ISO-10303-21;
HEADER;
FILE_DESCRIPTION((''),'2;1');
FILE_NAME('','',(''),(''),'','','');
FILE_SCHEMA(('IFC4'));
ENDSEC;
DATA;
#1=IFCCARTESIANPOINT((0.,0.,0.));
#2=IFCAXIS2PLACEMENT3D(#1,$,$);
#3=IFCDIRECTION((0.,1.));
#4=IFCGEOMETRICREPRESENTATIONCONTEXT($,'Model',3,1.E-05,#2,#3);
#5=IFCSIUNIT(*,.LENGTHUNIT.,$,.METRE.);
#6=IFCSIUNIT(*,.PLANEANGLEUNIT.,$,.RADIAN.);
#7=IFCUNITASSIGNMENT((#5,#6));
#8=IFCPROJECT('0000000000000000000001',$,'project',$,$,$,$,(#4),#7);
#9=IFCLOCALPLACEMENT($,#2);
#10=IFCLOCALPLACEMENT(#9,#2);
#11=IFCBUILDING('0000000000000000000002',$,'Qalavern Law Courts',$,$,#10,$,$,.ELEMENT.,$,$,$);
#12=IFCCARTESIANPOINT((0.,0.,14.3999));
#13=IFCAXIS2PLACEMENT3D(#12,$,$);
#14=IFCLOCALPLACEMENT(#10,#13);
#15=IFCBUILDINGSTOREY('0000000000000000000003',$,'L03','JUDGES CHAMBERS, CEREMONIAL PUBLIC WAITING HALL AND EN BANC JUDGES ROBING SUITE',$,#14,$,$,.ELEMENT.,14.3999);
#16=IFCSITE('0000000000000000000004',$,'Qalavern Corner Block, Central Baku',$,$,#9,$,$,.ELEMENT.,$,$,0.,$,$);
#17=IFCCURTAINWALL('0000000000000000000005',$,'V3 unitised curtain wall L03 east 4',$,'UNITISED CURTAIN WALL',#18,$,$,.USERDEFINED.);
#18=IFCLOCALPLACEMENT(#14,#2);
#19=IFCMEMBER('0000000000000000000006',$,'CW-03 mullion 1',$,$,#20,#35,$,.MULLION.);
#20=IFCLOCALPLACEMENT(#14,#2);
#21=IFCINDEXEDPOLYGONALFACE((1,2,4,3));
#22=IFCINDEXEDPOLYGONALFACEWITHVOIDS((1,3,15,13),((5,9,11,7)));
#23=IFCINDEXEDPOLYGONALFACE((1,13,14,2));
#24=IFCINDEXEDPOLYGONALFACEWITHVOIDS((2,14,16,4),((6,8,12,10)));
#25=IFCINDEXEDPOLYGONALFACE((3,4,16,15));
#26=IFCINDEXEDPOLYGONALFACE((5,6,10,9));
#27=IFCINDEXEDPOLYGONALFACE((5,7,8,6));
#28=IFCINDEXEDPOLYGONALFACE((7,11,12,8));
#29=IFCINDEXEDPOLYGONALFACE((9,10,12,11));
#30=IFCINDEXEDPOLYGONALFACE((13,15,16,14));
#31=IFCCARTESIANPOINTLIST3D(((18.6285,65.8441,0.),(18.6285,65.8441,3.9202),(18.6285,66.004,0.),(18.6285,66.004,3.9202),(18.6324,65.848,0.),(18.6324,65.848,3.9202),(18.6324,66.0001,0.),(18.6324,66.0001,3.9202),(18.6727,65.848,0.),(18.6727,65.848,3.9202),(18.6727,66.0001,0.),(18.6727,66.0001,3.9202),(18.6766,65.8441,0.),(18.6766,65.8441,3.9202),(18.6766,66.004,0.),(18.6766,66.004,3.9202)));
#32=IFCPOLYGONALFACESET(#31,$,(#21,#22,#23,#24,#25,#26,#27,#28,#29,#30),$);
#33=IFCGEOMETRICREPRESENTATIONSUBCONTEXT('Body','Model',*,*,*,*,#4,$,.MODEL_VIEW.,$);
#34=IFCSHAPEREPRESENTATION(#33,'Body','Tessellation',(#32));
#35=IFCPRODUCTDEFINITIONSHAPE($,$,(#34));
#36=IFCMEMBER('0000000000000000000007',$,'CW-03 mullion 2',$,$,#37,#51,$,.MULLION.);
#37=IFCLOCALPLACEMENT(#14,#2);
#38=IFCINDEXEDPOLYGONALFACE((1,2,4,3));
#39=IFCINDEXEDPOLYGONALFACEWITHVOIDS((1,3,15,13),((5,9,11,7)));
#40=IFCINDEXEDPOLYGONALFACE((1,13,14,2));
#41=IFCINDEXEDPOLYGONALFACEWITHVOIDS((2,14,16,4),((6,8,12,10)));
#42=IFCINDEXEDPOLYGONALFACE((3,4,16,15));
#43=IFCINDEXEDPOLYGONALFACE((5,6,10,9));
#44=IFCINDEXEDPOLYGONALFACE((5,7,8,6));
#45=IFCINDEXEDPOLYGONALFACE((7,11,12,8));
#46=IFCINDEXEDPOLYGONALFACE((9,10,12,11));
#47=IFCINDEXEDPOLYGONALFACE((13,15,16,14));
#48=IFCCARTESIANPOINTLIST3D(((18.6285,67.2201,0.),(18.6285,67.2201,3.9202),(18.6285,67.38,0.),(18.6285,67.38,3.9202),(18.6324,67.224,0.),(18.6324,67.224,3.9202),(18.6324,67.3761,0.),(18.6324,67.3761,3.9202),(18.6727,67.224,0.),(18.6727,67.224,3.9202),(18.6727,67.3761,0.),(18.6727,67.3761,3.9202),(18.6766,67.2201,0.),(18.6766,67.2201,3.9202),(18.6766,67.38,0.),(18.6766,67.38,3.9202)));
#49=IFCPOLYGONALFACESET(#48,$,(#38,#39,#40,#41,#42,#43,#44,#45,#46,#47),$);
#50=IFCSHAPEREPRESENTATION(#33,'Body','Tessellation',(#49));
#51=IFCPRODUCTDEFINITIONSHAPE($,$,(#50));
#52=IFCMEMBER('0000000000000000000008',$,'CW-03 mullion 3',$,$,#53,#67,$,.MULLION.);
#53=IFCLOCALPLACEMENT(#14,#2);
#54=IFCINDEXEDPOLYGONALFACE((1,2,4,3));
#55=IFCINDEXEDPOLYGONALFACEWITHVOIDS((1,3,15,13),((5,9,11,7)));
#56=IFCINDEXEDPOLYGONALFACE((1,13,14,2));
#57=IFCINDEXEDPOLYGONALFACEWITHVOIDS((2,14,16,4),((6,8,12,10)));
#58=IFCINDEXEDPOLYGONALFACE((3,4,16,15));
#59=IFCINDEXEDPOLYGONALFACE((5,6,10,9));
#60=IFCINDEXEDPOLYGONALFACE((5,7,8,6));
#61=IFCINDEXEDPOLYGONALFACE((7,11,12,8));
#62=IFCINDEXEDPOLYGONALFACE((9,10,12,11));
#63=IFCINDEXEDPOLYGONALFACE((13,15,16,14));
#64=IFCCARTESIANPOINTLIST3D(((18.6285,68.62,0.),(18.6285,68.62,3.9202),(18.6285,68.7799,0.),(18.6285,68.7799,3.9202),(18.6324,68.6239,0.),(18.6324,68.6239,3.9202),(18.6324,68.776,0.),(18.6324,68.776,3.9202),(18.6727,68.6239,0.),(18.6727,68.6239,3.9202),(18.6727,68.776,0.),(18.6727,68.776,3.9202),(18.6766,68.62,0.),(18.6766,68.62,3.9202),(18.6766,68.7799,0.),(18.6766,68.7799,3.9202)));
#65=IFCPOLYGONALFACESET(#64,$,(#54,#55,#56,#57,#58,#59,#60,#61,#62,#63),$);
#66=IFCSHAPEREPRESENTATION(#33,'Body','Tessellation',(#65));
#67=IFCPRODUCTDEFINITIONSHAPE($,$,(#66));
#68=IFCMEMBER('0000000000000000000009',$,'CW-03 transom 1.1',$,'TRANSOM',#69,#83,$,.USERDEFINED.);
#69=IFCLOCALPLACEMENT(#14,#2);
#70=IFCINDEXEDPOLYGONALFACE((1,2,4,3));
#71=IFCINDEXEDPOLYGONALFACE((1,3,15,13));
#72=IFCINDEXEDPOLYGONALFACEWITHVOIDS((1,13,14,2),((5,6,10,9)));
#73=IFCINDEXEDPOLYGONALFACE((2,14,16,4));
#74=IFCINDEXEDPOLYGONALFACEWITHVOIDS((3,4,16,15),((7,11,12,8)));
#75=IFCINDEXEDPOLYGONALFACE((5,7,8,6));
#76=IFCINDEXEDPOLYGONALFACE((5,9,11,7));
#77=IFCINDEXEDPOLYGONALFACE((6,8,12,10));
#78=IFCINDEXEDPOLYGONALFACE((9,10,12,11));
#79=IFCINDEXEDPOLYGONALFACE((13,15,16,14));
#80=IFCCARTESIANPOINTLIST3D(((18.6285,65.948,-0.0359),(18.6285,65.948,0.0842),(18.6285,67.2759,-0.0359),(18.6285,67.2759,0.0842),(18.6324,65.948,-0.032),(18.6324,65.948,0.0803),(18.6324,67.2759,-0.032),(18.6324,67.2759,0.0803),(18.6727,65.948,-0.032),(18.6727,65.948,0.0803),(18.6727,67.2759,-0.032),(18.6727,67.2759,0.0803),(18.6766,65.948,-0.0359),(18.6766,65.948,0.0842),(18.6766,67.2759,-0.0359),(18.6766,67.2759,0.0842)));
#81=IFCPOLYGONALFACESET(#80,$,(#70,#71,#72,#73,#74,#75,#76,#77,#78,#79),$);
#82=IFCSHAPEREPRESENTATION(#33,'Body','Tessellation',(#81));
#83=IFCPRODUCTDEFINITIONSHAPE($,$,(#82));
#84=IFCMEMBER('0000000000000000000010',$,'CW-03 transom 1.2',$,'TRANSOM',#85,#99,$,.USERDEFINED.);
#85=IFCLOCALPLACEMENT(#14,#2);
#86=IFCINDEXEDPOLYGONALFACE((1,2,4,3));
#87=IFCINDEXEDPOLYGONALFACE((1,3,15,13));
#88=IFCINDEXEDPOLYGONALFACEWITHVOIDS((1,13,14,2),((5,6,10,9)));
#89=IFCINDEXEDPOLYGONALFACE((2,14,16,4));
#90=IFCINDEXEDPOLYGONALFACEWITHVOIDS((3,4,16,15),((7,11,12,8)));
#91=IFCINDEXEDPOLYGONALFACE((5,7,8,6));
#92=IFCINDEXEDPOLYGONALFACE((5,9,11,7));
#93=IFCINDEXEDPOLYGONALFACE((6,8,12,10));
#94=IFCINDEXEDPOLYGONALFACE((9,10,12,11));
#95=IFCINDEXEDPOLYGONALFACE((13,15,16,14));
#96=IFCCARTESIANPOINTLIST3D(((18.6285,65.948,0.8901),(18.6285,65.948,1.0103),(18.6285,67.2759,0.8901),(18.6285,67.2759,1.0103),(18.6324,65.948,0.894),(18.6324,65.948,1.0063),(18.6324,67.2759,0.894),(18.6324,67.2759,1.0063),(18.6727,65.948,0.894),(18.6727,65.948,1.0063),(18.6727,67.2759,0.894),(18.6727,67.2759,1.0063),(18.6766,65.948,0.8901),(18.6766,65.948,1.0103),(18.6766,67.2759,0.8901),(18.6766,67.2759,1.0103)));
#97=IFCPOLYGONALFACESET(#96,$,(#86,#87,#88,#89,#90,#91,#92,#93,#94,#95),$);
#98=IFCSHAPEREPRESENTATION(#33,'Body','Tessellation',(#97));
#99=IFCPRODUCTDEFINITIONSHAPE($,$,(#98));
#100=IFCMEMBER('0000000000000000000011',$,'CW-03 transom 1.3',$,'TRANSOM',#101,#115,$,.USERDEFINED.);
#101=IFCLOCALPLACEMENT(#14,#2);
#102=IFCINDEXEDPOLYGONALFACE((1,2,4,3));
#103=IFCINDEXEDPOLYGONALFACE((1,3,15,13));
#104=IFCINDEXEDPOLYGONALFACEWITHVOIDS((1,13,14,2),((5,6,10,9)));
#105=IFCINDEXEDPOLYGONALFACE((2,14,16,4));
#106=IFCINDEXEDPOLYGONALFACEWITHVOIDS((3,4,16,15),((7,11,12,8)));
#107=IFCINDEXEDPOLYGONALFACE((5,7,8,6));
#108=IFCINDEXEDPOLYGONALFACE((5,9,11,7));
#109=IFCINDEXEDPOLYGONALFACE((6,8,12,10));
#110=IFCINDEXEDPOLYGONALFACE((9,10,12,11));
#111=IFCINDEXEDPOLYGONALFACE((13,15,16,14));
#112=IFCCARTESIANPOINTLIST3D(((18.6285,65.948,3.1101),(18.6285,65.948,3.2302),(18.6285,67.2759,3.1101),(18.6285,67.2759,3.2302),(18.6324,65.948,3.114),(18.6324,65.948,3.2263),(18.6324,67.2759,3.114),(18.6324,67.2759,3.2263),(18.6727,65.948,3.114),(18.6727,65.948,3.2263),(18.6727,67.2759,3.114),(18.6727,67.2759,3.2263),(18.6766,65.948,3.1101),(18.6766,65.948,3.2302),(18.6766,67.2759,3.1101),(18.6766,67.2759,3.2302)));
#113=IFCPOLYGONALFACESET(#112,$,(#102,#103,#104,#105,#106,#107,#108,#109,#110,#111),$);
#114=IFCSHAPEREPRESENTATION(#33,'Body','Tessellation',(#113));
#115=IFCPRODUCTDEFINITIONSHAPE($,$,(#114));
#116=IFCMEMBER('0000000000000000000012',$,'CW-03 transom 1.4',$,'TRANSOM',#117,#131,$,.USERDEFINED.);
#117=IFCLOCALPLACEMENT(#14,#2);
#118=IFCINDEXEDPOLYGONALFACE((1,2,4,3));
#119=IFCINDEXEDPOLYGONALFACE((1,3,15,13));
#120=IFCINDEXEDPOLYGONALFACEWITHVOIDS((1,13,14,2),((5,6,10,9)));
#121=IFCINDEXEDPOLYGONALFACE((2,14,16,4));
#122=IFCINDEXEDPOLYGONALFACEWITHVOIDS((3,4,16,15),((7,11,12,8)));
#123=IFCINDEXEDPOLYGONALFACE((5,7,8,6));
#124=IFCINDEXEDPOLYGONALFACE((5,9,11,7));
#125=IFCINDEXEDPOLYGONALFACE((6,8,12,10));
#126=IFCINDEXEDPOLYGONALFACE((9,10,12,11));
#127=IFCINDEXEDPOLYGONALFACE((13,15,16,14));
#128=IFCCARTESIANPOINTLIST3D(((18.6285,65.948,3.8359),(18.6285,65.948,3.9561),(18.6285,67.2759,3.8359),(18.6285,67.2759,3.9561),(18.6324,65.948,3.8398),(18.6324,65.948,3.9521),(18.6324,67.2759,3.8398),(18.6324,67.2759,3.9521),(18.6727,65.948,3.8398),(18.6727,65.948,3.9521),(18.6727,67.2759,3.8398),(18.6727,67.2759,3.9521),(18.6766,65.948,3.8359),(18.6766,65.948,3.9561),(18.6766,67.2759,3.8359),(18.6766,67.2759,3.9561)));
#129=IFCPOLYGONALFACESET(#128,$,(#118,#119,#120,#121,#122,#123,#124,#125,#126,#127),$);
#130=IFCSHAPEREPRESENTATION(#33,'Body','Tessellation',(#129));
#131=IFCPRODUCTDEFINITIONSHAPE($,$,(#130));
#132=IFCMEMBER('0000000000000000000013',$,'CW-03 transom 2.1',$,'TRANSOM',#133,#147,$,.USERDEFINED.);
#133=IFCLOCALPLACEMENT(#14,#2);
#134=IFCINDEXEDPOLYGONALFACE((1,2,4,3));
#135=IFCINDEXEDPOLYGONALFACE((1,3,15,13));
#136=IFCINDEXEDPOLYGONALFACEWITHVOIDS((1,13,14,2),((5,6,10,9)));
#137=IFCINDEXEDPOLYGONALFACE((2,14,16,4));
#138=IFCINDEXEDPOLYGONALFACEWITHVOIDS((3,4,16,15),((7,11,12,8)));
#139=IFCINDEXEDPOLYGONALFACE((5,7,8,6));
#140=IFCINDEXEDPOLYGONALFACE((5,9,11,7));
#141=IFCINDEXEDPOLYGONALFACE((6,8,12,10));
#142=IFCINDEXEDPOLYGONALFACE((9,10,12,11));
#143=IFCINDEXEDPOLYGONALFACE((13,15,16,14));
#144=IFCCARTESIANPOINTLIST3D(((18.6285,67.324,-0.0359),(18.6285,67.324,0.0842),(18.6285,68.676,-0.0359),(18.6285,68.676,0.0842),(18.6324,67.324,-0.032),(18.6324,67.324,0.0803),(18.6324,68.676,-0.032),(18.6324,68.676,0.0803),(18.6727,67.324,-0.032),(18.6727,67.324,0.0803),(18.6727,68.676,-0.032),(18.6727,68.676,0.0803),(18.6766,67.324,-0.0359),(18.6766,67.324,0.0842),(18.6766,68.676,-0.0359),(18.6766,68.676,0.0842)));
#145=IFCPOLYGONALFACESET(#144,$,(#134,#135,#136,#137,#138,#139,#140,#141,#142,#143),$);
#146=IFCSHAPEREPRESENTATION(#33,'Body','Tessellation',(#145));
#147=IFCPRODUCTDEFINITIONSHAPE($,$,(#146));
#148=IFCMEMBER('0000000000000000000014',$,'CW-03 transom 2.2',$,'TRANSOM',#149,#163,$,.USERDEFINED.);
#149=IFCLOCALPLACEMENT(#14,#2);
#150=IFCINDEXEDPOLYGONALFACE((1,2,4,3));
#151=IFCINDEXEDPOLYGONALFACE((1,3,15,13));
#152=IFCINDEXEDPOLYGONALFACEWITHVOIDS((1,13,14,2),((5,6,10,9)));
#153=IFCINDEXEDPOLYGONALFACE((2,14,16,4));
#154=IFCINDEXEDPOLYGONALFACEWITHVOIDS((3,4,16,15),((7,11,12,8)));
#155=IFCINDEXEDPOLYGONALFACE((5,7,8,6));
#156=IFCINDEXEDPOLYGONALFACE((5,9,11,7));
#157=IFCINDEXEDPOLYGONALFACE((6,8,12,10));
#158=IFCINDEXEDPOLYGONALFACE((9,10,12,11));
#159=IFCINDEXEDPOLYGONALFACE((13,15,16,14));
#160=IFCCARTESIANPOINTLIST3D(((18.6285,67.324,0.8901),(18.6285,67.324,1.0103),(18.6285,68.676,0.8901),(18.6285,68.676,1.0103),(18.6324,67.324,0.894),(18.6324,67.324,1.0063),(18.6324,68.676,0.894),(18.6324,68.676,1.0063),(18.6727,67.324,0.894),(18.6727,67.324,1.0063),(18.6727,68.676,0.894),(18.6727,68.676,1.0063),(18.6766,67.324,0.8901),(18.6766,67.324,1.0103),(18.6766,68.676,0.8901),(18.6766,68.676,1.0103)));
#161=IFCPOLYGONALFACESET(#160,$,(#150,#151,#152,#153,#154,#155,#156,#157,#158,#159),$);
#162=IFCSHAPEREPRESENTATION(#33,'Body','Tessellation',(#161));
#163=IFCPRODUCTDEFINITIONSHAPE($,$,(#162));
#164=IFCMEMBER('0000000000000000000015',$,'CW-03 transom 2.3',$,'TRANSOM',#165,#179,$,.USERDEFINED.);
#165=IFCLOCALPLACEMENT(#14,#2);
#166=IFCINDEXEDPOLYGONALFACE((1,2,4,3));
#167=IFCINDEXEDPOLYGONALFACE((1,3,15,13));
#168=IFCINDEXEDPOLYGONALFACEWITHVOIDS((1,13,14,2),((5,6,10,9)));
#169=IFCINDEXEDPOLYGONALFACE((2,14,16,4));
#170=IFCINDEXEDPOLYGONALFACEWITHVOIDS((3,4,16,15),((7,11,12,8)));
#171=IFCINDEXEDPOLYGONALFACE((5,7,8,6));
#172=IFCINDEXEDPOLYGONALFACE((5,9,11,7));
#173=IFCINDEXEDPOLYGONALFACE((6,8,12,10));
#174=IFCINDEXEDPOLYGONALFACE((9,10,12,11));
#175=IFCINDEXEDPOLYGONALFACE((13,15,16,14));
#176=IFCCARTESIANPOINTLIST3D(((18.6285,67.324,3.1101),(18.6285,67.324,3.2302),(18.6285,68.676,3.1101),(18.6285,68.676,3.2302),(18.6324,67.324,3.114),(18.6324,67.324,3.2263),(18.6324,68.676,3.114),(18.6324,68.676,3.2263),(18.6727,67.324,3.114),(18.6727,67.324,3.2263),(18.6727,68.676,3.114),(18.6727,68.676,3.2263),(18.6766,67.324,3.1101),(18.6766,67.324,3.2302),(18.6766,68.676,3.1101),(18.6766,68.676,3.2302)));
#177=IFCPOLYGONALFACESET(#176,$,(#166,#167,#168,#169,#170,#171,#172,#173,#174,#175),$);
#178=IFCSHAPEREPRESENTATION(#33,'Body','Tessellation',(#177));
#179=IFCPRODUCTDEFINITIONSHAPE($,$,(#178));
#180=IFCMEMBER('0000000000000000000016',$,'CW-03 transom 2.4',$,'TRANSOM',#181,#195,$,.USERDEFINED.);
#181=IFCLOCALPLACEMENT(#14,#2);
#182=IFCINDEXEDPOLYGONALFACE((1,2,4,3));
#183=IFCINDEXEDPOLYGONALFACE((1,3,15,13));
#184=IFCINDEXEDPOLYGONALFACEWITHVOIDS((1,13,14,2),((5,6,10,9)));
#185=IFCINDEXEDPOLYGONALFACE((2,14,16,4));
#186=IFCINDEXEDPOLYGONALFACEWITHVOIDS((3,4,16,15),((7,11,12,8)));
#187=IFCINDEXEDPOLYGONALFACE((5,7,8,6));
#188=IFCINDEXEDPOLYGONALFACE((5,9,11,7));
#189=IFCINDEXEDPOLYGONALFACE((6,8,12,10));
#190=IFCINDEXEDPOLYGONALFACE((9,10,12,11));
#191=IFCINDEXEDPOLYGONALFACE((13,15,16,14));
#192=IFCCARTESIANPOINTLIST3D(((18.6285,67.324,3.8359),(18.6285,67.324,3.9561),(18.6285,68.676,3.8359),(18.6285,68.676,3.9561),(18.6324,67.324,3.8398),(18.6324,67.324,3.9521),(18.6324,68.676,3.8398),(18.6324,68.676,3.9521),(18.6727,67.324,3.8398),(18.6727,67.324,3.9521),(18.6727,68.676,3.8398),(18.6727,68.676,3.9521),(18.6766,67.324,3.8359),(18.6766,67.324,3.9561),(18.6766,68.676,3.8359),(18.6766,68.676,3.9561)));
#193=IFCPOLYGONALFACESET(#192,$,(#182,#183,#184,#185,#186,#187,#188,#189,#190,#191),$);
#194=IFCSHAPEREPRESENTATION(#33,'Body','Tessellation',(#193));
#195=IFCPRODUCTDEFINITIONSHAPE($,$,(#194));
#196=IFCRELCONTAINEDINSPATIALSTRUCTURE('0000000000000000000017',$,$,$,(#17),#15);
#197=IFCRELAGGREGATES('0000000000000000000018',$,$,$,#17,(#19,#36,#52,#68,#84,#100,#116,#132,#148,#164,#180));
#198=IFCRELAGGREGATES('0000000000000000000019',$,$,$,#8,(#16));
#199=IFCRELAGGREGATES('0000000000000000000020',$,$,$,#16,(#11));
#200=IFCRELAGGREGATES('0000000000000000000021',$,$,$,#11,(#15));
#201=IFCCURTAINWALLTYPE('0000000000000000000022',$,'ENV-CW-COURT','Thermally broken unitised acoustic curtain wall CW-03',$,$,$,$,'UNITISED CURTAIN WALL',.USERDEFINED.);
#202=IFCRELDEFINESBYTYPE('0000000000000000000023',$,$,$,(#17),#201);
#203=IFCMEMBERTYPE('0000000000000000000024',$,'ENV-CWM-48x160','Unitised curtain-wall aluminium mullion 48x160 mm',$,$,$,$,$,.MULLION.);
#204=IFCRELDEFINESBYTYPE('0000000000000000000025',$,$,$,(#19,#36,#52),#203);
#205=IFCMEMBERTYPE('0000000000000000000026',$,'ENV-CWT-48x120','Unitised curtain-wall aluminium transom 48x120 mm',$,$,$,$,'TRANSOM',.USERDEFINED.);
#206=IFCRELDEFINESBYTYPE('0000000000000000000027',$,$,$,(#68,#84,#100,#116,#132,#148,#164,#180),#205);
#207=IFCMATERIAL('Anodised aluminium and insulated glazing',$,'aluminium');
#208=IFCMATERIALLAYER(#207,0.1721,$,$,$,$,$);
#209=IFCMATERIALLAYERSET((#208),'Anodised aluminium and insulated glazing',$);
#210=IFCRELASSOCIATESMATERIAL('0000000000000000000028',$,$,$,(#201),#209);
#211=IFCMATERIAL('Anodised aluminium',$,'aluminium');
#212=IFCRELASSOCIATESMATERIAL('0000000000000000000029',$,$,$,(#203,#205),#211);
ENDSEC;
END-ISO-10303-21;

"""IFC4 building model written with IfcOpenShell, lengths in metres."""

from ifc_helpers import new_model, si_unit, direction, frame, origin, origin_2d, place, context, subcontext, project, spatial, hollow_rectangle, extrude, material, layer, layer_set, material_profile, profile_set, type_object, element, aggregate, save


model = new_model("IFC4")

# Units and contexts
model_context = context("Model", 3, precision=1e-05, world=origin(), true_north=direction((0.0, 1.0)))
body_context = subcontext(model_context, "Body", "Model", "MODEL_VIEW")
ifc_project = project(units=[si_unit("LENGTHUNIT", "METRE"), si_unit("PLANEANGLEUNIT", "RADIAN")], contexts=[model_context])

# Site, building, storey
site_placement = place(None, origin())
site = spatial("IfcSite", under=ifc_project, at=site_placement, Name="Qalavern Corner Block, Central Baku", CompositionType="ELEMENT", RefElevation=0.0)
building_placement = place(site_placement, origin())
building = spatial("IfcBuilding", under=site, at=building_placement, Name="Qalavern Law Courts", CompositionType="ELEMENT")
storey_placement = place(building_placement, frame((0.0, 0.0, 14.3999)))
storey = spatial("IfcBuildingStorey", under=building, at=storey_placement, Name="L03", Description="JUDGES CHAMBERS, CEREMONIAL PUBLIC WAITING HALL AND EN BANC JUDGES ROBING SUITE", CompositionType="ELEMENT", Elevation=14.3999)

# Curtain wall, members
ifc_material_1 = material(Name="Anodised aluminium and insulated glazing", Category="aluminium")
ifc_layer_1 = layer(ifc_material_1, 0.1721)
ifc_layer_set_1 = layer_set([ifc_layer_1], Name="Anodised aluminium and insulated glazing")
curtain_wall_type = type_object("IfcCurtainWallType", Name="ENV-CW-COURT", Description="Thermally broken unitised acoustic curtain wall CW-03", ElementType="UNITISED CURTAIN WALL", PredefinedType="USERDEFINED", material=ifc_layer_set_1)
curtain_wall_placement = place(storey_placement, origin())
curtain_wall = element("IfcCurtainWall", 1, at=curtain_wall_placement, inside=storey, type_object=curtain_wall_type, Name="V3 unitised curtain wall L03 east 4", ObjectType="UNITISED CURTAIN WALL", PredefinedType="USERDEFINED")
ifc_material_2 = material(Name="Anodised aluminium", Category="aluminium")
ifc_material_profile_1 = material_profile(ifc_material_2, hollow_rectangle(XDim=0.0481, YDim=0.1599, WallThickness=0.0039, at=origin_2d()), Name="ALU MULLION 48x160")
ifc_profile_set_1 = profile_set([ifc_material_profile_1], Name="Anodised aluminium")
member_type_1 = type_object("IfcMemberType", Name="ENV-CWM-48x160", Description="Unitised curtain-wall aluminium mullion 48x160 mm", PredefinedType="MULLION", material=ifc_profile_set_1)
member_1_placement = place(storey_placement, frame((18.6526, 65.9241, 0.0), z_axis=(0.0, 0.0, 1.0), x_axis=(-1.0, 0.0, 0.0)))
member_1 = element("IfcMember", 2, at=member_1_placement, type_object=member_type_1, Name="CW-03 mullion 1", PredefinedType="MULLION", context=body_context, shape_type="SweptSolid", body=[
    extrude(hollow_rectangle(XDim=0.0481, YDim=0.1599, WallThickness=0.0039, at=origin_2d()), origin(), (0.0, 0.0, 1.0), 3.9202),
])
member_2_placement = place(storey_placement, frame((18.6526, 67.3, 0.0), z_axis=(0.0, 0.0, 1.0), x_axis=(-1.0, 0.0, 0.0)))
member_2 = element("IfcMember", 3, at=member_2_placement, type_object=member_type_1, Name="CW-03 mullion 2", PredefinedType="MULLION", context=body_context, shape_type="SweptSolid", body=[
    extrude(hollow_rectangle(XDim=0.0481, YDim=0.1599, WallThickness=0.0039, at=origin_2d()), origin(), (0.0, 0.0, 1.0), 3.9202),
])
member_3_placement = place(storey_placement, frame((18.6526, 68.7, 0.0), z_axis=(0.0, 0.0, 1.0), x_axis=(-1.0, 0.0, 0.0)))
member_3 = element("IfcMember", 4, at=member_3_placement, type_object=member_type_1, Name="CW-03 mullion 3", PredefinedType="MULLION", context=body_context, shape_type="SweptSolid", body=[
    extrude(hollow_rectangle(XDim=0.0481, YDim=0.1599, WallThickness=0.0039, at=origin_2d()), origin(), (0.0, 0.0, 1.0), 3.9202),
])
ifc_material_profile_2 = material_profile(ifc_material_2, hollow_rectangle(XDim=0.0481, YDim=0.1201, WallThickness=0.0039, at=origin_2d()), Name="ALU TRANSOM 48x120")
ifc_profile_set_2 = profile_set([ifc_material_profile_2], Name="Anodised aluminium")
member_type_2 = type_object("IfcMemberType", Name="ENV-CWT-48x120", Description="Unitised curtain-wall aluminium transom 48x120 mm", ElementType="TRANSOM", PredefinedType="USERDEFINED", material=ifc_profile_set_2)
member_4_placement = place(storey_placement, frame((18.6526, 65.948, 0.0242), z_axis=(0.0, 1.0, 0.0), x_axis=(-1.0, 0.0, 0.0)))
member_4 = element("IfcMember", 5, at=member_4_placement, type_object=member_type_2, Name="CW-03 transom 1.1", ObjectType="TRANSOM", PredefinedType="USERDEFINED", context=body_context, shape_type="SweptSolid", body=[
    extrude(hollow_rectangle(XDim=0.0481, YDim=0.1201, WallThickness=0.0039, at=origin_2d()), origin(), (0.0, 0.0, 1.0), 1.3279),
])
member_5_placement = place(storey_placement, frame((18.6526, 65.948, 0.9502), z_axis=(0.0, 1.0, 0.0), x_axis=(-1.0, 0.0, 0.0)))
member_5 = element("IfcMember", 6, at=member_5_placement, type_object=member_type_2, Name="CW-03 transom 1.2", ObjectType="TRANSOM", PredefinedType="USERDEFINED", context=body_context, shape_type="SweptSolid", body=[
    extrude(hollow_rectangle(XDim=0.0481, YDim=0.1201, WallThickness=0.0039, at=origin_2d()), origin(), (0.0, 0.0, 1.0), 1.3279),
])
member_6_placement = place(storey_placement, frame((18.6526, 65.948, 3.1702), z_axis=(0.0, 1.0, 0.0), x_axis=(-1.0, 0.0, 0.0)))
member_6 = element("IfcMember", 7, at=member_6_placement, type_object=member_type_2, Name="CW-03 transom 1.3", ObjectType="TRANSOM", PredefinedType="USERDEFINED", context=body_context, shape_type="SweptSolid", body=[
    extrude(hollow_rectangle(XDim=0.0481, YDim=0.1201, WallThickness=0.0039, at=origin_2d()), origin(), (0.0, 0.0, 1.0), 1.3279),
])
member_7_placement = place(storey_placement, frame((18.6526, 65.948, 3.896), z_axis=(0.0, 1.0, 0.0), x_axis=(-1.0, 0.0, 0.0)))
member_7 = element("IfcMember", 8, at=member_7_placement, type_object=member_type_2, Name="CW-03 transom 1.4", ObjectType="TRANSOM", PredefinedType="USERDEFINED", context=body_context, shape_type="SweptSolid", body=[
    extrude(hollow_rectangle(XDim=0.0481, YDim=0.1201, WallThickness=0.0039, at=origin_2d()), origin(), (0.0, 0.0, 1.0), 1.3279),
])
member_8_placement = place(storey_placement, frame((18.6526, 67.324, 0.0242), z_axis=(0.0, 1.0, 0.0), x_axis=(-1.0, 0.0, 0.0)))
member_8 = element("IfcMember", 9, at=member_8_placement, type_object=member_type_2, Name="CW-03 transom 2.1", ObjectType="TRANSOM", PredefinedType="USERDEFINED", context=body_context, shape_type="SweptSolid", body=[
    extrude(hollow_rectangle(XDim=0.0481, YDim=0.1201, WallThickness=0.0039, at=origin_2d()), origin(), (0.0, 0.0, 1.0), 1.3521),
])
member_9_placement = place(storey_placement, frame((18.6526, 67.324, 0.9502), z_axis=(0.0, 1.0, 0.0), x_axis=(-1.0, 0.0, 0.0)))
member_9 = element("IfcMember", 10, at=member_9_placement, type_object=member_type_2, Name="CW-03 transom 2.2", ObjectType="TRANSOM", PredefinedType="USERDEFINED", context=body_context, shape_type="SweptSolid", body=[
    extrude(hollow_rectangle(XDim=0.0481, YDim=0.1201, WallThickness=0.0039, at=origin_2d()), origin(), (0.0, 0.0, 1.0), 1.3521),
])
member_10_placement = place(storey_placement, frame((18.6526, 67.324, 3.1702), z_axis=(0.0, 1.0, 0.0), x_axis=(-1.0, 0.0, 0.0)))
member_10 = element("IfcMember", 11, at=member_10_placement, type_object=member_type_2, Name="CW-03 transom 2.3", ObjectType="TRANSOM", PredefinedType="USERDEFINED", context=body_context, shape_type="SweptSolid", body=[
    extrude(hollow_rectangle(XDim=0.0481, YDim=0.1201, WallThickness=0.0039, at=origin_2d()), origin(), (0.0, 0.0, 1.0), 1.3521),
])
member_11_placement = place(storey_placement, frame((18.6526, 67.324, 3.896), z_axis=(0.0, 1.0, 0.0), x_axis=(-1.0, 0.0, 0.0)))
member_11 = element("IfcMember", 12, at=member_11_placement, type_object=member_type_2, Name="CW-03 transom 2.4", ObjectType="TRANSOM", PredefinedType="USERDEFINED", context=body_context, shape_type="SweptSolid", body=[
    extrude(hollow_rectangle(XDim=0.0481, YDim=0.1201, WallThickness=0.0039, at=origin_2d()), origin(), (0.0, 0.0, 1.0), 1.3521),
])

aggregate(curtain_wall, [member_1, member_2, member_3, member_4, member_5, member_6, member_7, member_8, member_9, member_10, member_11])

save(model, "model.ifc")
